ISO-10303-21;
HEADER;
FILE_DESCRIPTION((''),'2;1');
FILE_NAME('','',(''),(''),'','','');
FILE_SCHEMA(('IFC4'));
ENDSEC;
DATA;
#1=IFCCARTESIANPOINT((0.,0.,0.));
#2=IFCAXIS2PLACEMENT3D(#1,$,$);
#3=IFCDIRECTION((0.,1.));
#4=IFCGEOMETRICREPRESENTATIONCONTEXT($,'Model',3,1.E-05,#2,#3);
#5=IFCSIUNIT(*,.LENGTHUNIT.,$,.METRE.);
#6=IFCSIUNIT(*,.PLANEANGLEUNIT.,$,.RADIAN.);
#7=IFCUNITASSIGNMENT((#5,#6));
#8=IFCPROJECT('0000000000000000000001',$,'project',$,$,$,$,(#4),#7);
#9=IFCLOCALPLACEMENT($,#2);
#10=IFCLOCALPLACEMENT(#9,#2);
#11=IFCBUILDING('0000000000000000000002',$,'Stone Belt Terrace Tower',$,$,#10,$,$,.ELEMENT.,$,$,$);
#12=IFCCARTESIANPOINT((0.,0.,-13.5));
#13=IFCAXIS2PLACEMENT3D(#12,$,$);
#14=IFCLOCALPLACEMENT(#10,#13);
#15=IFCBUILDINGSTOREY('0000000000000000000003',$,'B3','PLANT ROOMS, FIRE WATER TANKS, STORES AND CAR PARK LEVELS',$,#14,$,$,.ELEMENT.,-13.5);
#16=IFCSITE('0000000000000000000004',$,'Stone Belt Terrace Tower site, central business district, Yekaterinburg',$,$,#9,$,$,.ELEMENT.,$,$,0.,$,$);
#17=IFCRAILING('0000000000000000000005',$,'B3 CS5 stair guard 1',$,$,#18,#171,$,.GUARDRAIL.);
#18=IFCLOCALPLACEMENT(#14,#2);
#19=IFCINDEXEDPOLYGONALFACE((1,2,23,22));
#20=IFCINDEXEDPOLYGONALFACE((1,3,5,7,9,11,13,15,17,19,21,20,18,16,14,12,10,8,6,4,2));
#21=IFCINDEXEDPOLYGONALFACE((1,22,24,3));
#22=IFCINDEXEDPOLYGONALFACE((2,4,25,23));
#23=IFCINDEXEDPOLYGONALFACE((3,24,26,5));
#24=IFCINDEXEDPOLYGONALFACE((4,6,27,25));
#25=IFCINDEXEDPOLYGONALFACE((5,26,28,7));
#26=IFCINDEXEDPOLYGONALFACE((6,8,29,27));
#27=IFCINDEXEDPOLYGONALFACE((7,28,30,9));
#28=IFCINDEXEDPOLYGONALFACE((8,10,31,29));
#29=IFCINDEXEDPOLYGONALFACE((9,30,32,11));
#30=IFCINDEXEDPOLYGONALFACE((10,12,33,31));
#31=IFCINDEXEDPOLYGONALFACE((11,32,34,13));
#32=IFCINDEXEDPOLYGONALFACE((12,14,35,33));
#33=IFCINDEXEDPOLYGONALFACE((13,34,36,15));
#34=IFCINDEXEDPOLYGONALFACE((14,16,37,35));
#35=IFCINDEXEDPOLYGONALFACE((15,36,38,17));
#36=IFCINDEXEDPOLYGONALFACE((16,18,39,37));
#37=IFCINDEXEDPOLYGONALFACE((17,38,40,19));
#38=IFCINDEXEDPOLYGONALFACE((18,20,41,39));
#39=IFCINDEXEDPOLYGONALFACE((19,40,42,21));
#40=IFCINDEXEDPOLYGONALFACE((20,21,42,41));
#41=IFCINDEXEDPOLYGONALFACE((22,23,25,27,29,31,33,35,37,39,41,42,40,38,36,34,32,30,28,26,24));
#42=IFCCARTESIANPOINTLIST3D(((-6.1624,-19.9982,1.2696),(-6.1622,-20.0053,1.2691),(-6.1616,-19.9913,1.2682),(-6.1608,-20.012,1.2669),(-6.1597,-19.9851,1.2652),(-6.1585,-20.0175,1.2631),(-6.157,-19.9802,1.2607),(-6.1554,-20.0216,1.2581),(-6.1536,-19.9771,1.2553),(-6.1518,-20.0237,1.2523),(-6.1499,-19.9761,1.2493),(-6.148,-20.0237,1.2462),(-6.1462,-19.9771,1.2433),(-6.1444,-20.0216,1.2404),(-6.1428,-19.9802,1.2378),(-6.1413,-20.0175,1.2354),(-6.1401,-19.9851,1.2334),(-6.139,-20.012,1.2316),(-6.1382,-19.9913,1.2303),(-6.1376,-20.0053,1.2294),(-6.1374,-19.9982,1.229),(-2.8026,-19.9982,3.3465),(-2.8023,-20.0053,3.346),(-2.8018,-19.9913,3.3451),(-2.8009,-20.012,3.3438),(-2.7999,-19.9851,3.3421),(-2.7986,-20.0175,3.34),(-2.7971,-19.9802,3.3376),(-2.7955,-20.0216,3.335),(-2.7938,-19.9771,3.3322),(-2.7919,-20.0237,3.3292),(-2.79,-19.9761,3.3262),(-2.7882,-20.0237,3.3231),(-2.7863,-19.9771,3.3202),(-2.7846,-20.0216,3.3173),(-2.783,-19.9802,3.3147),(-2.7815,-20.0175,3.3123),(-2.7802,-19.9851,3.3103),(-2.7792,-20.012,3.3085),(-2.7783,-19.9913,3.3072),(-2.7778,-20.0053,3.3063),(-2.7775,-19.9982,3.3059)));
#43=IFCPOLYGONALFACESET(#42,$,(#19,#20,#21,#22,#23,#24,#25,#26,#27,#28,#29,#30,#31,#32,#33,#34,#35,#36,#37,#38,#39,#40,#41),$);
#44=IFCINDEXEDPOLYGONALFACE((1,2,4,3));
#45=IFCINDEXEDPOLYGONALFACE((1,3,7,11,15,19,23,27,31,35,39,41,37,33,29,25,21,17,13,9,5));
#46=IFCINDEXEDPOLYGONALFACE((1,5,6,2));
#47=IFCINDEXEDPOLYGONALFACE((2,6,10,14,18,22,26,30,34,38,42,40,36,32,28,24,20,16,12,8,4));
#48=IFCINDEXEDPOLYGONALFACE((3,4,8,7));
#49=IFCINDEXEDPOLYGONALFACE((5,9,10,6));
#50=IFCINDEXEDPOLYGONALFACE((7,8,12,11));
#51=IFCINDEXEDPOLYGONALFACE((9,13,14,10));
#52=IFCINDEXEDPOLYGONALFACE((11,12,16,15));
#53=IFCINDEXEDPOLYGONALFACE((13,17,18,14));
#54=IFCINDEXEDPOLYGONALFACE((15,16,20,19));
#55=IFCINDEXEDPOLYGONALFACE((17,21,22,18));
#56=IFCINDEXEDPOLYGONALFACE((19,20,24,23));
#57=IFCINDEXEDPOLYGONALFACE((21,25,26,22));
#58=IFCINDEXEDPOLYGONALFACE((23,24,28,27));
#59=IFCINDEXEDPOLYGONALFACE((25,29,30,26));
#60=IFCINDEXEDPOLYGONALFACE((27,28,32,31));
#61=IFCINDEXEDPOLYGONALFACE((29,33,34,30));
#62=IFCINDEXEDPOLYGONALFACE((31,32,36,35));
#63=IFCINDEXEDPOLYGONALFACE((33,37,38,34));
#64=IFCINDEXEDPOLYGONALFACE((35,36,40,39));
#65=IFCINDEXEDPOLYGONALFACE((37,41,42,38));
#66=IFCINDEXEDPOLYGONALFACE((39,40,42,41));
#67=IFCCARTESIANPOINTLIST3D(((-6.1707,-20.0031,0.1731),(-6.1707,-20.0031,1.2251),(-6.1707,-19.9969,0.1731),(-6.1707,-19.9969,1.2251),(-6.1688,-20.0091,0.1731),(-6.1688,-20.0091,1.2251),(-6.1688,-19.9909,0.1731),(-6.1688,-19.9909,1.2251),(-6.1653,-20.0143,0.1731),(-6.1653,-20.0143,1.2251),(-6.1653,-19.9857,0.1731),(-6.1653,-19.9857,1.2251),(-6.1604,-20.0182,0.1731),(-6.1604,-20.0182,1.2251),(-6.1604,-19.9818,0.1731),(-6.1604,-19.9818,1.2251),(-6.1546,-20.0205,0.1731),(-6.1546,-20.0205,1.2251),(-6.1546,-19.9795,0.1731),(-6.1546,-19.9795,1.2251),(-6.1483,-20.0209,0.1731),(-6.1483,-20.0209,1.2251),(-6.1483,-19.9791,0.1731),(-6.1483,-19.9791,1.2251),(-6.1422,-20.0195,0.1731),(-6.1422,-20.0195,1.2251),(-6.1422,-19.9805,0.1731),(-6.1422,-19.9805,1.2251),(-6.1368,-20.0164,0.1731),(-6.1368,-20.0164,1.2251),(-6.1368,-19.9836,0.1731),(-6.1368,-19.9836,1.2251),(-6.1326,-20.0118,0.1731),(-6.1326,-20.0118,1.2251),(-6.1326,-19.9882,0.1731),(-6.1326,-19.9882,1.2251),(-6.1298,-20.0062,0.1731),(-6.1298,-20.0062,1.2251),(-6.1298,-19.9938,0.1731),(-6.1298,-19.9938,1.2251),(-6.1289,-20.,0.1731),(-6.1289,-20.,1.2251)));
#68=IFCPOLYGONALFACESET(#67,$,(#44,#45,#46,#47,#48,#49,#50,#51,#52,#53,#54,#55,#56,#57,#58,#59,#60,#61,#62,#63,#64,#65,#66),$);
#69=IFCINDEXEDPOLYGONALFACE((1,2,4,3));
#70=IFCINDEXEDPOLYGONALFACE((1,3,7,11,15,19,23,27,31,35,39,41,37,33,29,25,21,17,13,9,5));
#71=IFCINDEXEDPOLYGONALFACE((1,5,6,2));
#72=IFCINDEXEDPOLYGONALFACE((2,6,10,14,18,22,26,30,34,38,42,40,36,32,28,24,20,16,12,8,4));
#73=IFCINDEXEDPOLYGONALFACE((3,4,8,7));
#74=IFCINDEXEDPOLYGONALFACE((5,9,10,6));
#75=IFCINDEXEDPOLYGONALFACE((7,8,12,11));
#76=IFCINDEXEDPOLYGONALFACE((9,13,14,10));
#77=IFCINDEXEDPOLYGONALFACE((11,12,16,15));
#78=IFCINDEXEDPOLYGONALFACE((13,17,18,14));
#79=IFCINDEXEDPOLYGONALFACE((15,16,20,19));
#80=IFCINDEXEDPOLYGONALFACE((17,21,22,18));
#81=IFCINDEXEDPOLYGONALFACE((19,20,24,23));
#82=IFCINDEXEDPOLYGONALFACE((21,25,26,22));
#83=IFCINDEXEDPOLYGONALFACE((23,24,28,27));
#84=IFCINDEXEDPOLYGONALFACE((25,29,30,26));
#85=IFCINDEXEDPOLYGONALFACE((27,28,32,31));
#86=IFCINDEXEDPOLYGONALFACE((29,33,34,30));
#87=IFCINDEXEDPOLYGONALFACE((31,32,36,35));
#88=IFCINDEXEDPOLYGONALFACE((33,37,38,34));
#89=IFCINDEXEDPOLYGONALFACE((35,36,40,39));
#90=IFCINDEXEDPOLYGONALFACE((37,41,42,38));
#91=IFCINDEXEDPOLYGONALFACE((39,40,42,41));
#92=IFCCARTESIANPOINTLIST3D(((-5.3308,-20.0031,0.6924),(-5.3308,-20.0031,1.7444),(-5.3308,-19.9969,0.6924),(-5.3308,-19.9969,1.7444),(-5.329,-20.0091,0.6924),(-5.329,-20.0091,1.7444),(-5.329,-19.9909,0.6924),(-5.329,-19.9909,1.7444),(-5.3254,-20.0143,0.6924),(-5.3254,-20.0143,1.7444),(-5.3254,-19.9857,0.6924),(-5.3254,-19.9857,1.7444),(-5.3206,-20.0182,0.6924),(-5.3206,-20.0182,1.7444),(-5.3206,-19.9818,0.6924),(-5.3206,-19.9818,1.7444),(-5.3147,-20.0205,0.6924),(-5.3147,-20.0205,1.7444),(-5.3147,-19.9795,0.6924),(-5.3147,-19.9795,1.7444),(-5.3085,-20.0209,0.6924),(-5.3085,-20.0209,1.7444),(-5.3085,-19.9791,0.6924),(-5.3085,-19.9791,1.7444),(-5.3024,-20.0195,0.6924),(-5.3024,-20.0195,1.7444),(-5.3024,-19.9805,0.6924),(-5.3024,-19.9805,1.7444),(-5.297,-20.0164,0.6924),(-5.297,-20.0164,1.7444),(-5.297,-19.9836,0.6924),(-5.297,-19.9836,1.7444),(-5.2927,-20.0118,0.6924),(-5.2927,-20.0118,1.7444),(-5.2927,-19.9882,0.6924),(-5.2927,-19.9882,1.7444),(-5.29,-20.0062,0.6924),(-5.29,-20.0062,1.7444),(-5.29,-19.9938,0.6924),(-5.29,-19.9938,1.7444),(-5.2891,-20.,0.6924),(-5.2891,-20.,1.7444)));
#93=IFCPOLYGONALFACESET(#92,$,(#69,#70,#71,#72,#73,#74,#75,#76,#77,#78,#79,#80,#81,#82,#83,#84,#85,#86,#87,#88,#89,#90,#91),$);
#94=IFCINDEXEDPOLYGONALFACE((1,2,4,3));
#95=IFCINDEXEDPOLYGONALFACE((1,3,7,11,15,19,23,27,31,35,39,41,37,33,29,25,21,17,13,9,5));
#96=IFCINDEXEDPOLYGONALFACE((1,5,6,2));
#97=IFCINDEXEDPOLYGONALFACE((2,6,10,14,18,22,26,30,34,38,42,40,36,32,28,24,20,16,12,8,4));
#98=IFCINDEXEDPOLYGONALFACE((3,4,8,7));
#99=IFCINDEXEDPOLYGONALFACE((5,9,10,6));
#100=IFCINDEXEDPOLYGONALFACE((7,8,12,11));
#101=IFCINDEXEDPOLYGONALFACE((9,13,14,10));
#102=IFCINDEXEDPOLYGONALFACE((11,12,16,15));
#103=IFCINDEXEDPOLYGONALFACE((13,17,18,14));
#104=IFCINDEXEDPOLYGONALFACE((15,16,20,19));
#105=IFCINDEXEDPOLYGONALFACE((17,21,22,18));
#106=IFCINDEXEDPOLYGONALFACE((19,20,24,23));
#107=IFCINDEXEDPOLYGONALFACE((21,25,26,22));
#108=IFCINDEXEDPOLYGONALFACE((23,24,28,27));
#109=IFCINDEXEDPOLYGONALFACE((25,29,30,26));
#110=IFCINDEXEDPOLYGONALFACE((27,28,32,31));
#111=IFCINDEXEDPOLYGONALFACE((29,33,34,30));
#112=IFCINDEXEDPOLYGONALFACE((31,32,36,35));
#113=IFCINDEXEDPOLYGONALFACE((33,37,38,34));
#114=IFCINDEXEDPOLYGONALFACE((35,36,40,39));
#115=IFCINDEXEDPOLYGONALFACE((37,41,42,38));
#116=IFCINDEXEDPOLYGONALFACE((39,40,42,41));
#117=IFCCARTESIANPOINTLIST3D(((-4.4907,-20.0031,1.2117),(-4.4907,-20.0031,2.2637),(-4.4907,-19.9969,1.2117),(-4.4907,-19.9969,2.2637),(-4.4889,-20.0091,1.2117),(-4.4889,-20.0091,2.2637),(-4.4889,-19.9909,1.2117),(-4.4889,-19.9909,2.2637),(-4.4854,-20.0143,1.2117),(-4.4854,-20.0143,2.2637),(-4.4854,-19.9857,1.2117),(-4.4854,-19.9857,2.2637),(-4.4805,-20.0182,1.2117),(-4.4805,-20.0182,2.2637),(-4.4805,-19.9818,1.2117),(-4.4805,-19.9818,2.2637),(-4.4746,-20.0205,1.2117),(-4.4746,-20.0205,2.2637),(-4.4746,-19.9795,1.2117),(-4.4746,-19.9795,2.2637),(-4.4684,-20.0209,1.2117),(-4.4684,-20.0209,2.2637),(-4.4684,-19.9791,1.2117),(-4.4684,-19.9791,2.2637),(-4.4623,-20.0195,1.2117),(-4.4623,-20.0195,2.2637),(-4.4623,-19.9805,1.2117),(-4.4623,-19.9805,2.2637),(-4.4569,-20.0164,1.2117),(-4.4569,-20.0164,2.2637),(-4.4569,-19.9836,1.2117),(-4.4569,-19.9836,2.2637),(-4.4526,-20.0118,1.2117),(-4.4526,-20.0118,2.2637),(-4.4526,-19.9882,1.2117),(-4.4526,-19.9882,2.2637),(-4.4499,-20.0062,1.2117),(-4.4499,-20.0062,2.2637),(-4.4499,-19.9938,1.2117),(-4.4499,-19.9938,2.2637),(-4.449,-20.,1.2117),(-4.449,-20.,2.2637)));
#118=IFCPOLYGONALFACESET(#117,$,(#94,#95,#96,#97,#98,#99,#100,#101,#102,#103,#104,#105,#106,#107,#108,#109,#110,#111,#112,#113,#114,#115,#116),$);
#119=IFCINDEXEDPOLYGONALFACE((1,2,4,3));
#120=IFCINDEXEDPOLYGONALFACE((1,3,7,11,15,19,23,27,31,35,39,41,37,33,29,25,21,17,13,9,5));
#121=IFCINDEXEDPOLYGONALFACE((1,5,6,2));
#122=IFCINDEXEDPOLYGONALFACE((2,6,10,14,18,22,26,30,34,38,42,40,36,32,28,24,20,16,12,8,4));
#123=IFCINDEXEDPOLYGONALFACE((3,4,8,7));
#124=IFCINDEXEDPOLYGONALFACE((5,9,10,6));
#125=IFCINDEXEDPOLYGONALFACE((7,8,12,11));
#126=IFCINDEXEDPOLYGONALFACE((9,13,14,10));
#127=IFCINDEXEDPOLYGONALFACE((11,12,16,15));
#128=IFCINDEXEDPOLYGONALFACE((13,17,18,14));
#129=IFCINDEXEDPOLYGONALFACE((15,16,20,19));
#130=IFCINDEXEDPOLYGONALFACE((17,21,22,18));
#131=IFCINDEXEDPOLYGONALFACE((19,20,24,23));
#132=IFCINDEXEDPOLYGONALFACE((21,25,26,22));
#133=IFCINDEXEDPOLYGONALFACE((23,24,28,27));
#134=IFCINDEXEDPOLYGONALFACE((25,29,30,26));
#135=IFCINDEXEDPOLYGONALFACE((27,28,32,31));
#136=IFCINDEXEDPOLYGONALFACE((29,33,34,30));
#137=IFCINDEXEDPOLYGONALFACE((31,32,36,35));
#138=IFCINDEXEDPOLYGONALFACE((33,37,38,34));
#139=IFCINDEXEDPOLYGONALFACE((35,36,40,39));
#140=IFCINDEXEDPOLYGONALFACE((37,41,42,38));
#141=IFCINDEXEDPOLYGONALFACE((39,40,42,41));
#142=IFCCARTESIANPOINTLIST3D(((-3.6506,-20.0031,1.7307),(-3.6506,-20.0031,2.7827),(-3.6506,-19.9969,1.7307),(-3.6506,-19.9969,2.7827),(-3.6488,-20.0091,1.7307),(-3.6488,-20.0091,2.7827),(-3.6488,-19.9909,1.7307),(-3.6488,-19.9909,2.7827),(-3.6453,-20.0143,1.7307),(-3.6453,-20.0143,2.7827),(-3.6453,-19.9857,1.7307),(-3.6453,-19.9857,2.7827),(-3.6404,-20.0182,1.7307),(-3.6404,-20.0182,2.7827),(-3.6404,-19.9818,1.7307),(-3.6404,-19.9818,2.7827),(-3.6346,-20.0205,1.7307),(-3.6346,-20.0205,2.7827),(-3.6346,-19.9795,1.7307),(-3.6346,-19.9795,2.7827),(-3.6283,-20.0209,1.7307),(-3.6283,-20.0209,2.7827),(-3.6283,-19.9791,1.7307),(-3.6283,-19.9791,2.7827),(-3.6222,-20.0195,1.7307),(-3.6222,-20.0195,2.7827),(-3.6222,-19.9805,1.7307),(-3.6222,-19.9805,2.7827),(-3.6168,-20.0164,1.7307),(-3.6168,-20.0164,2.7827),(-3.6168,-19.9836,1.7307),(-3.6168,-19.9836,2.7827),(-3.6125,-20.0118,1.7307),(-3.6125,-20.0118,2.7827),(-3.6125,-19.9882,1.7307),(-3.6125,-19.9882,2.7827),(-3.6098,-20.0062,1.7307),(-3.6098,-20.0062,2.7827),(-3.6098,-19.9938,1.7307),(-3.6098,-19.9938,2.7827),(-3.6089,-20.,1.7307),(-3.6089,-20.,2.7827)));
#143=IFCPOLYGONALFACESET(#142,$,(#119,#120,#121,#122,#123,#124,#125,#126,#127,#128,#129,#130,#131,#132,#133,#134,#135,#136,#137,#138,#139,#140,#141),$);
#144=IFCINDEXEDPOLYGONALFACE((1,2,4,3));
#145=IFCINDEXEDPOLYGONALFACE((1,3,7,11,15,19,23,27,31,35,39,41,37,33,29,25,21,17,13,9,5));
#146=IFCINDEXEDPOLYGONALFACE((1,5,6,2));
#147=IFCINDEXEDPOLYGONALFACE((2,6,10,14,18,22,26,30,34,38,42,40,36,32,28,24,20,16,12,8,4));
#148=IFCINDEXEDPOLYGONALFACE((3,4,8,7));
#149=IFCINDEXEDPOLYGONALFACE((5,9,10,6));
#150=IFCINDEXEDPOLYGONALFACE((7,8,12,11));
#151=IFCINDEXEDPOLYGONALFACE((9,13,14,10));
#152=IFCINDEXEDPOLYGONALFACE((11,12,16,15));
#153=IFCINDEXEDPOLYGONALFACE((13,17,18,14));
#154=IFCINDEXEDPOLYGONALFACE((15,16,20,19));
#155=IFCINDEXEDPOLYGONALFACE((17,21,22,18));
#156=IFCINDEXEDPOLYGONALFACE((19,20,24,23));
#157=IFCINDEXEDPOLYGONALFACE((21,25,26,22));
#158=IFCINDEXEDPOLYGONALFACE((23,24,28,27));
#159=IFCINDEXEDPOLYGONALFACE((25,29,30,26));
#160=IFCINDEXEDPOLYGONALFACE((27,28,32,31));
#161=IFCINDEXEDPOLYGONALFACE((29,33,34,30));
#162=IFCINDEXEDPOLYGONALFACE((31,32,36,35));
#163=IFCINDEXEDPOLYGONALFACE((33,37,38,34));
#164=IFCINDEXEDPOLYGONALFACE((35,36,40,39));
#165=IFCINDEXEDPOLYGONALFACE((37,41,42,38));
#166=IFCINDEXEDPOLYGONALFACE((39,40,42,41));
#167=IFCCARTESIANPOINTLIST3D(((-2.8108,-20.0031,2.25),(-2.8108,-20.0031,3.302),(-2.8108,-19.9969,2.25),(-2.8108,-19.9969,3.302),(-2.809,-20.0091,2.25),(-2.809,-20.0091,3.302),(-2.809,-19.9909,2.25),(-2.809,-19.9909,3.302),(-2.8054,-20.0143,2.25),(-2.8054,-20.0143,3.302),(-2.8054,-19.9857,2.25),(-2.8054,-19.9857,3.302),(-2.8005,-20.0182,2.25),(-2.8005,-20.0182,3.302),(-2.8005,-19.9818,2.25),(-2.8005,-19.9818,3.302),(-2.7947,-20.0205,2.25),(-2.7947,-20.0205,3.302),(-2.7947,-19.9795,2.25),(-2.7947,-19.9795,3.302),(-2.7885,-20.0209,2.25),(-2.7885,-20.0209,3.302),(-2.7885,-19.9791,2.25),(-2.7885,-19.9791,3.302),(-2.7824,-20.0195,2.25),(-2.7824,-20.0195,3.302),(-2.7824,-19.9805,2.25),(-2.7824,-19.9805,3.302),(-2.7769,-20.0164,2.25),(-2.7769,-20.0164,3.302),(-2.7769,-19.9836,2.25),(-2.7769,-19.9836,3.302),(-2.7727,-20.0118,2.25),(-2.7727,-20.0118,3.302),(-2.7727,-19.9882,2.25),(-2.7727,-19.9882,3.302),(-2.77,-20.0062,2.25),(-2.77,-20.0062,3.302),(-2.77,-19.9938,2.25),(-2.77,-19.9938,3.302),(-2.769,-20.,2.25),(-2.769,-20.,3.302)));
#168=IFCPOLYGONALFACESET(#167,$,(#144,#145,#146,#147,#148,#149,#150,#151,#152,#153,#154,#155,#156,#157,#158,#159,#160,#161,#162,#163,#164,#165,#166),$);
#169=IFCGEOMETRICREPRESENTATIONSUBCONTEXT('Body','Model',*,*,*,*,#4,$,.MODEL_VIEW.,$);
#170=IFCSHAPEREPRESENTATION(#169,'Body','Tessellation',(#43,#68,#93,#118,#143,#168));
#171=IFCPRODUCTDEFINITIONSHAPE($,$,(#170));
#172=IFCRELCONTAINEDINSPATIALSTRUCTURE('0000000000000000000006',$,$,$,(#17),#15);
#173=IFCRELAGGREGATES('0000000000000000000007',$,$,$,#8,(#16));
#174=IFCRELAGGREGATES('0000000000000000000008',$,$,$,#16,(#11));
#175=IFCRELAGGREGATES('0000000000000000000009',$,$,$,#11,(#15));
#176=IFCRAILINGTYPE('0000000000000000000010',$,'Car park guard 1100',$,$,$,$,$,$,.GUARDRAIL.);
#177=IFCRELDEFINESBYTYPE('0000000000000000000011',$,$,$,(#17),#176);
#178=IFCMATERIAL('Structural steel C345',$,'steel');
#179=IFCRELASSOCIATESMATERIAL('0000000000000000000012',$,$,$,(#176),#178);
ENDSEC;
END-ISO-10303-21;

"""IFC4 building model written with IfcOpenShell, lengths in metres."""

from ifc_helpers import new_model, si_unit, direction, frame, origin, origin_2d, place, context, subcontext, project, spatial, circle, extrude, material, type_object, element, save


model = new_model("IFC4")

# Units and contexts
model_context = context("Model", 3, precision=1e-05, world=origin(), true_north=direction((0.0, 1.0)))
body_context = subcontext(model_context, "Body", "Model", "MODEL_VIEW")
ifc_project = project(units=[si_unit("LENGTHUNIT", "METRE"), si_unit("PLANEANGLEUNIT", "RADIAN")], contexts=[model_context])

# Site, building, storey
site_placement = place(None, origin())
site = spatial("IfcSite", under=ifc_project, at=site_placement, Name="Stone Belt Terrace Tower site, central business district, Yekaterinburg", CompositionType="ELEMENT", RefElevation=0.0)
building_placement = place(site_placement, origin())
building = spatial("IfcBuilding", under=site, at=building_placement, Name="Stone Belt Terrace Tower", CompositionType="ELEMENT")
storey_placement = place(building_placement, frame((0.0, 0.0, -13.5)))
storey = spatial("IfcBuildingStorey", under=building, at=storey_placement, Name="B3", Description="PLANT ROOMS, FIRE WATER TANKS, STORES AND CAR PARK LEVELS", CompositionType="ELEMENT", Elevation=-13.5)

# Railing
ifc_material_1 = material(Name="Structural steel C345", Category="steel")
railing_type_1 = type_object("IfcRailingType", Name="Car park guard 1100", PredefinedType="GUARDRAIL", material=ifc_material_1)
railing_1_placement = place(storey_placement, frame((-6.1499, -20.0, 0.1731)))
element("IfcRailing", 1, at=railing_1_placement, inside=storey, type_object=railing_type_1, Name="B3 CS5 stair guard 1", PredefinedType="GUARDRAIL", context=body_context, shape_type="SweptSolid", body=[
    extrude(circle(Radius=0.0239, at=origin_2d()), frame((0.0, 0.0, 1.0762), z_axis=(0.850606, 0.0, 0.525803), x_axis=(0.0, 1.0, 0.0)), (0.0, 0.0, 1.0), 3.95),
    extrude(circle(Radius=0.021, at=origin_2d()), origin(), (0.0, 0.0, 1.0), 1.052),
    extrude(circle(Radius=0.021, at=origin_2d()), frame((0.8398, 0.0, 0.5193)), (0.0, 0.0, 1.0), 1.052),
    extrude(circle(Radius=0.021, at=origin_2d()), frame((1.6799, 0.0, 1.0386)), (0.0, 0.0, 1.0), 1.052),
    extrude(circle(Radius=0.021, at=origin_2d()), frame((2.52, 0.0, 1.5576)), (0.0, 0.0, 1.0), 1.052),
    extrude(circle(Radius=0.021, at=origin_2d()), frame((3.3599, 0.0, 2.0769)), (0.0, 0.0, 1.0), 1.052),
])

save(model, "model.ifc")
